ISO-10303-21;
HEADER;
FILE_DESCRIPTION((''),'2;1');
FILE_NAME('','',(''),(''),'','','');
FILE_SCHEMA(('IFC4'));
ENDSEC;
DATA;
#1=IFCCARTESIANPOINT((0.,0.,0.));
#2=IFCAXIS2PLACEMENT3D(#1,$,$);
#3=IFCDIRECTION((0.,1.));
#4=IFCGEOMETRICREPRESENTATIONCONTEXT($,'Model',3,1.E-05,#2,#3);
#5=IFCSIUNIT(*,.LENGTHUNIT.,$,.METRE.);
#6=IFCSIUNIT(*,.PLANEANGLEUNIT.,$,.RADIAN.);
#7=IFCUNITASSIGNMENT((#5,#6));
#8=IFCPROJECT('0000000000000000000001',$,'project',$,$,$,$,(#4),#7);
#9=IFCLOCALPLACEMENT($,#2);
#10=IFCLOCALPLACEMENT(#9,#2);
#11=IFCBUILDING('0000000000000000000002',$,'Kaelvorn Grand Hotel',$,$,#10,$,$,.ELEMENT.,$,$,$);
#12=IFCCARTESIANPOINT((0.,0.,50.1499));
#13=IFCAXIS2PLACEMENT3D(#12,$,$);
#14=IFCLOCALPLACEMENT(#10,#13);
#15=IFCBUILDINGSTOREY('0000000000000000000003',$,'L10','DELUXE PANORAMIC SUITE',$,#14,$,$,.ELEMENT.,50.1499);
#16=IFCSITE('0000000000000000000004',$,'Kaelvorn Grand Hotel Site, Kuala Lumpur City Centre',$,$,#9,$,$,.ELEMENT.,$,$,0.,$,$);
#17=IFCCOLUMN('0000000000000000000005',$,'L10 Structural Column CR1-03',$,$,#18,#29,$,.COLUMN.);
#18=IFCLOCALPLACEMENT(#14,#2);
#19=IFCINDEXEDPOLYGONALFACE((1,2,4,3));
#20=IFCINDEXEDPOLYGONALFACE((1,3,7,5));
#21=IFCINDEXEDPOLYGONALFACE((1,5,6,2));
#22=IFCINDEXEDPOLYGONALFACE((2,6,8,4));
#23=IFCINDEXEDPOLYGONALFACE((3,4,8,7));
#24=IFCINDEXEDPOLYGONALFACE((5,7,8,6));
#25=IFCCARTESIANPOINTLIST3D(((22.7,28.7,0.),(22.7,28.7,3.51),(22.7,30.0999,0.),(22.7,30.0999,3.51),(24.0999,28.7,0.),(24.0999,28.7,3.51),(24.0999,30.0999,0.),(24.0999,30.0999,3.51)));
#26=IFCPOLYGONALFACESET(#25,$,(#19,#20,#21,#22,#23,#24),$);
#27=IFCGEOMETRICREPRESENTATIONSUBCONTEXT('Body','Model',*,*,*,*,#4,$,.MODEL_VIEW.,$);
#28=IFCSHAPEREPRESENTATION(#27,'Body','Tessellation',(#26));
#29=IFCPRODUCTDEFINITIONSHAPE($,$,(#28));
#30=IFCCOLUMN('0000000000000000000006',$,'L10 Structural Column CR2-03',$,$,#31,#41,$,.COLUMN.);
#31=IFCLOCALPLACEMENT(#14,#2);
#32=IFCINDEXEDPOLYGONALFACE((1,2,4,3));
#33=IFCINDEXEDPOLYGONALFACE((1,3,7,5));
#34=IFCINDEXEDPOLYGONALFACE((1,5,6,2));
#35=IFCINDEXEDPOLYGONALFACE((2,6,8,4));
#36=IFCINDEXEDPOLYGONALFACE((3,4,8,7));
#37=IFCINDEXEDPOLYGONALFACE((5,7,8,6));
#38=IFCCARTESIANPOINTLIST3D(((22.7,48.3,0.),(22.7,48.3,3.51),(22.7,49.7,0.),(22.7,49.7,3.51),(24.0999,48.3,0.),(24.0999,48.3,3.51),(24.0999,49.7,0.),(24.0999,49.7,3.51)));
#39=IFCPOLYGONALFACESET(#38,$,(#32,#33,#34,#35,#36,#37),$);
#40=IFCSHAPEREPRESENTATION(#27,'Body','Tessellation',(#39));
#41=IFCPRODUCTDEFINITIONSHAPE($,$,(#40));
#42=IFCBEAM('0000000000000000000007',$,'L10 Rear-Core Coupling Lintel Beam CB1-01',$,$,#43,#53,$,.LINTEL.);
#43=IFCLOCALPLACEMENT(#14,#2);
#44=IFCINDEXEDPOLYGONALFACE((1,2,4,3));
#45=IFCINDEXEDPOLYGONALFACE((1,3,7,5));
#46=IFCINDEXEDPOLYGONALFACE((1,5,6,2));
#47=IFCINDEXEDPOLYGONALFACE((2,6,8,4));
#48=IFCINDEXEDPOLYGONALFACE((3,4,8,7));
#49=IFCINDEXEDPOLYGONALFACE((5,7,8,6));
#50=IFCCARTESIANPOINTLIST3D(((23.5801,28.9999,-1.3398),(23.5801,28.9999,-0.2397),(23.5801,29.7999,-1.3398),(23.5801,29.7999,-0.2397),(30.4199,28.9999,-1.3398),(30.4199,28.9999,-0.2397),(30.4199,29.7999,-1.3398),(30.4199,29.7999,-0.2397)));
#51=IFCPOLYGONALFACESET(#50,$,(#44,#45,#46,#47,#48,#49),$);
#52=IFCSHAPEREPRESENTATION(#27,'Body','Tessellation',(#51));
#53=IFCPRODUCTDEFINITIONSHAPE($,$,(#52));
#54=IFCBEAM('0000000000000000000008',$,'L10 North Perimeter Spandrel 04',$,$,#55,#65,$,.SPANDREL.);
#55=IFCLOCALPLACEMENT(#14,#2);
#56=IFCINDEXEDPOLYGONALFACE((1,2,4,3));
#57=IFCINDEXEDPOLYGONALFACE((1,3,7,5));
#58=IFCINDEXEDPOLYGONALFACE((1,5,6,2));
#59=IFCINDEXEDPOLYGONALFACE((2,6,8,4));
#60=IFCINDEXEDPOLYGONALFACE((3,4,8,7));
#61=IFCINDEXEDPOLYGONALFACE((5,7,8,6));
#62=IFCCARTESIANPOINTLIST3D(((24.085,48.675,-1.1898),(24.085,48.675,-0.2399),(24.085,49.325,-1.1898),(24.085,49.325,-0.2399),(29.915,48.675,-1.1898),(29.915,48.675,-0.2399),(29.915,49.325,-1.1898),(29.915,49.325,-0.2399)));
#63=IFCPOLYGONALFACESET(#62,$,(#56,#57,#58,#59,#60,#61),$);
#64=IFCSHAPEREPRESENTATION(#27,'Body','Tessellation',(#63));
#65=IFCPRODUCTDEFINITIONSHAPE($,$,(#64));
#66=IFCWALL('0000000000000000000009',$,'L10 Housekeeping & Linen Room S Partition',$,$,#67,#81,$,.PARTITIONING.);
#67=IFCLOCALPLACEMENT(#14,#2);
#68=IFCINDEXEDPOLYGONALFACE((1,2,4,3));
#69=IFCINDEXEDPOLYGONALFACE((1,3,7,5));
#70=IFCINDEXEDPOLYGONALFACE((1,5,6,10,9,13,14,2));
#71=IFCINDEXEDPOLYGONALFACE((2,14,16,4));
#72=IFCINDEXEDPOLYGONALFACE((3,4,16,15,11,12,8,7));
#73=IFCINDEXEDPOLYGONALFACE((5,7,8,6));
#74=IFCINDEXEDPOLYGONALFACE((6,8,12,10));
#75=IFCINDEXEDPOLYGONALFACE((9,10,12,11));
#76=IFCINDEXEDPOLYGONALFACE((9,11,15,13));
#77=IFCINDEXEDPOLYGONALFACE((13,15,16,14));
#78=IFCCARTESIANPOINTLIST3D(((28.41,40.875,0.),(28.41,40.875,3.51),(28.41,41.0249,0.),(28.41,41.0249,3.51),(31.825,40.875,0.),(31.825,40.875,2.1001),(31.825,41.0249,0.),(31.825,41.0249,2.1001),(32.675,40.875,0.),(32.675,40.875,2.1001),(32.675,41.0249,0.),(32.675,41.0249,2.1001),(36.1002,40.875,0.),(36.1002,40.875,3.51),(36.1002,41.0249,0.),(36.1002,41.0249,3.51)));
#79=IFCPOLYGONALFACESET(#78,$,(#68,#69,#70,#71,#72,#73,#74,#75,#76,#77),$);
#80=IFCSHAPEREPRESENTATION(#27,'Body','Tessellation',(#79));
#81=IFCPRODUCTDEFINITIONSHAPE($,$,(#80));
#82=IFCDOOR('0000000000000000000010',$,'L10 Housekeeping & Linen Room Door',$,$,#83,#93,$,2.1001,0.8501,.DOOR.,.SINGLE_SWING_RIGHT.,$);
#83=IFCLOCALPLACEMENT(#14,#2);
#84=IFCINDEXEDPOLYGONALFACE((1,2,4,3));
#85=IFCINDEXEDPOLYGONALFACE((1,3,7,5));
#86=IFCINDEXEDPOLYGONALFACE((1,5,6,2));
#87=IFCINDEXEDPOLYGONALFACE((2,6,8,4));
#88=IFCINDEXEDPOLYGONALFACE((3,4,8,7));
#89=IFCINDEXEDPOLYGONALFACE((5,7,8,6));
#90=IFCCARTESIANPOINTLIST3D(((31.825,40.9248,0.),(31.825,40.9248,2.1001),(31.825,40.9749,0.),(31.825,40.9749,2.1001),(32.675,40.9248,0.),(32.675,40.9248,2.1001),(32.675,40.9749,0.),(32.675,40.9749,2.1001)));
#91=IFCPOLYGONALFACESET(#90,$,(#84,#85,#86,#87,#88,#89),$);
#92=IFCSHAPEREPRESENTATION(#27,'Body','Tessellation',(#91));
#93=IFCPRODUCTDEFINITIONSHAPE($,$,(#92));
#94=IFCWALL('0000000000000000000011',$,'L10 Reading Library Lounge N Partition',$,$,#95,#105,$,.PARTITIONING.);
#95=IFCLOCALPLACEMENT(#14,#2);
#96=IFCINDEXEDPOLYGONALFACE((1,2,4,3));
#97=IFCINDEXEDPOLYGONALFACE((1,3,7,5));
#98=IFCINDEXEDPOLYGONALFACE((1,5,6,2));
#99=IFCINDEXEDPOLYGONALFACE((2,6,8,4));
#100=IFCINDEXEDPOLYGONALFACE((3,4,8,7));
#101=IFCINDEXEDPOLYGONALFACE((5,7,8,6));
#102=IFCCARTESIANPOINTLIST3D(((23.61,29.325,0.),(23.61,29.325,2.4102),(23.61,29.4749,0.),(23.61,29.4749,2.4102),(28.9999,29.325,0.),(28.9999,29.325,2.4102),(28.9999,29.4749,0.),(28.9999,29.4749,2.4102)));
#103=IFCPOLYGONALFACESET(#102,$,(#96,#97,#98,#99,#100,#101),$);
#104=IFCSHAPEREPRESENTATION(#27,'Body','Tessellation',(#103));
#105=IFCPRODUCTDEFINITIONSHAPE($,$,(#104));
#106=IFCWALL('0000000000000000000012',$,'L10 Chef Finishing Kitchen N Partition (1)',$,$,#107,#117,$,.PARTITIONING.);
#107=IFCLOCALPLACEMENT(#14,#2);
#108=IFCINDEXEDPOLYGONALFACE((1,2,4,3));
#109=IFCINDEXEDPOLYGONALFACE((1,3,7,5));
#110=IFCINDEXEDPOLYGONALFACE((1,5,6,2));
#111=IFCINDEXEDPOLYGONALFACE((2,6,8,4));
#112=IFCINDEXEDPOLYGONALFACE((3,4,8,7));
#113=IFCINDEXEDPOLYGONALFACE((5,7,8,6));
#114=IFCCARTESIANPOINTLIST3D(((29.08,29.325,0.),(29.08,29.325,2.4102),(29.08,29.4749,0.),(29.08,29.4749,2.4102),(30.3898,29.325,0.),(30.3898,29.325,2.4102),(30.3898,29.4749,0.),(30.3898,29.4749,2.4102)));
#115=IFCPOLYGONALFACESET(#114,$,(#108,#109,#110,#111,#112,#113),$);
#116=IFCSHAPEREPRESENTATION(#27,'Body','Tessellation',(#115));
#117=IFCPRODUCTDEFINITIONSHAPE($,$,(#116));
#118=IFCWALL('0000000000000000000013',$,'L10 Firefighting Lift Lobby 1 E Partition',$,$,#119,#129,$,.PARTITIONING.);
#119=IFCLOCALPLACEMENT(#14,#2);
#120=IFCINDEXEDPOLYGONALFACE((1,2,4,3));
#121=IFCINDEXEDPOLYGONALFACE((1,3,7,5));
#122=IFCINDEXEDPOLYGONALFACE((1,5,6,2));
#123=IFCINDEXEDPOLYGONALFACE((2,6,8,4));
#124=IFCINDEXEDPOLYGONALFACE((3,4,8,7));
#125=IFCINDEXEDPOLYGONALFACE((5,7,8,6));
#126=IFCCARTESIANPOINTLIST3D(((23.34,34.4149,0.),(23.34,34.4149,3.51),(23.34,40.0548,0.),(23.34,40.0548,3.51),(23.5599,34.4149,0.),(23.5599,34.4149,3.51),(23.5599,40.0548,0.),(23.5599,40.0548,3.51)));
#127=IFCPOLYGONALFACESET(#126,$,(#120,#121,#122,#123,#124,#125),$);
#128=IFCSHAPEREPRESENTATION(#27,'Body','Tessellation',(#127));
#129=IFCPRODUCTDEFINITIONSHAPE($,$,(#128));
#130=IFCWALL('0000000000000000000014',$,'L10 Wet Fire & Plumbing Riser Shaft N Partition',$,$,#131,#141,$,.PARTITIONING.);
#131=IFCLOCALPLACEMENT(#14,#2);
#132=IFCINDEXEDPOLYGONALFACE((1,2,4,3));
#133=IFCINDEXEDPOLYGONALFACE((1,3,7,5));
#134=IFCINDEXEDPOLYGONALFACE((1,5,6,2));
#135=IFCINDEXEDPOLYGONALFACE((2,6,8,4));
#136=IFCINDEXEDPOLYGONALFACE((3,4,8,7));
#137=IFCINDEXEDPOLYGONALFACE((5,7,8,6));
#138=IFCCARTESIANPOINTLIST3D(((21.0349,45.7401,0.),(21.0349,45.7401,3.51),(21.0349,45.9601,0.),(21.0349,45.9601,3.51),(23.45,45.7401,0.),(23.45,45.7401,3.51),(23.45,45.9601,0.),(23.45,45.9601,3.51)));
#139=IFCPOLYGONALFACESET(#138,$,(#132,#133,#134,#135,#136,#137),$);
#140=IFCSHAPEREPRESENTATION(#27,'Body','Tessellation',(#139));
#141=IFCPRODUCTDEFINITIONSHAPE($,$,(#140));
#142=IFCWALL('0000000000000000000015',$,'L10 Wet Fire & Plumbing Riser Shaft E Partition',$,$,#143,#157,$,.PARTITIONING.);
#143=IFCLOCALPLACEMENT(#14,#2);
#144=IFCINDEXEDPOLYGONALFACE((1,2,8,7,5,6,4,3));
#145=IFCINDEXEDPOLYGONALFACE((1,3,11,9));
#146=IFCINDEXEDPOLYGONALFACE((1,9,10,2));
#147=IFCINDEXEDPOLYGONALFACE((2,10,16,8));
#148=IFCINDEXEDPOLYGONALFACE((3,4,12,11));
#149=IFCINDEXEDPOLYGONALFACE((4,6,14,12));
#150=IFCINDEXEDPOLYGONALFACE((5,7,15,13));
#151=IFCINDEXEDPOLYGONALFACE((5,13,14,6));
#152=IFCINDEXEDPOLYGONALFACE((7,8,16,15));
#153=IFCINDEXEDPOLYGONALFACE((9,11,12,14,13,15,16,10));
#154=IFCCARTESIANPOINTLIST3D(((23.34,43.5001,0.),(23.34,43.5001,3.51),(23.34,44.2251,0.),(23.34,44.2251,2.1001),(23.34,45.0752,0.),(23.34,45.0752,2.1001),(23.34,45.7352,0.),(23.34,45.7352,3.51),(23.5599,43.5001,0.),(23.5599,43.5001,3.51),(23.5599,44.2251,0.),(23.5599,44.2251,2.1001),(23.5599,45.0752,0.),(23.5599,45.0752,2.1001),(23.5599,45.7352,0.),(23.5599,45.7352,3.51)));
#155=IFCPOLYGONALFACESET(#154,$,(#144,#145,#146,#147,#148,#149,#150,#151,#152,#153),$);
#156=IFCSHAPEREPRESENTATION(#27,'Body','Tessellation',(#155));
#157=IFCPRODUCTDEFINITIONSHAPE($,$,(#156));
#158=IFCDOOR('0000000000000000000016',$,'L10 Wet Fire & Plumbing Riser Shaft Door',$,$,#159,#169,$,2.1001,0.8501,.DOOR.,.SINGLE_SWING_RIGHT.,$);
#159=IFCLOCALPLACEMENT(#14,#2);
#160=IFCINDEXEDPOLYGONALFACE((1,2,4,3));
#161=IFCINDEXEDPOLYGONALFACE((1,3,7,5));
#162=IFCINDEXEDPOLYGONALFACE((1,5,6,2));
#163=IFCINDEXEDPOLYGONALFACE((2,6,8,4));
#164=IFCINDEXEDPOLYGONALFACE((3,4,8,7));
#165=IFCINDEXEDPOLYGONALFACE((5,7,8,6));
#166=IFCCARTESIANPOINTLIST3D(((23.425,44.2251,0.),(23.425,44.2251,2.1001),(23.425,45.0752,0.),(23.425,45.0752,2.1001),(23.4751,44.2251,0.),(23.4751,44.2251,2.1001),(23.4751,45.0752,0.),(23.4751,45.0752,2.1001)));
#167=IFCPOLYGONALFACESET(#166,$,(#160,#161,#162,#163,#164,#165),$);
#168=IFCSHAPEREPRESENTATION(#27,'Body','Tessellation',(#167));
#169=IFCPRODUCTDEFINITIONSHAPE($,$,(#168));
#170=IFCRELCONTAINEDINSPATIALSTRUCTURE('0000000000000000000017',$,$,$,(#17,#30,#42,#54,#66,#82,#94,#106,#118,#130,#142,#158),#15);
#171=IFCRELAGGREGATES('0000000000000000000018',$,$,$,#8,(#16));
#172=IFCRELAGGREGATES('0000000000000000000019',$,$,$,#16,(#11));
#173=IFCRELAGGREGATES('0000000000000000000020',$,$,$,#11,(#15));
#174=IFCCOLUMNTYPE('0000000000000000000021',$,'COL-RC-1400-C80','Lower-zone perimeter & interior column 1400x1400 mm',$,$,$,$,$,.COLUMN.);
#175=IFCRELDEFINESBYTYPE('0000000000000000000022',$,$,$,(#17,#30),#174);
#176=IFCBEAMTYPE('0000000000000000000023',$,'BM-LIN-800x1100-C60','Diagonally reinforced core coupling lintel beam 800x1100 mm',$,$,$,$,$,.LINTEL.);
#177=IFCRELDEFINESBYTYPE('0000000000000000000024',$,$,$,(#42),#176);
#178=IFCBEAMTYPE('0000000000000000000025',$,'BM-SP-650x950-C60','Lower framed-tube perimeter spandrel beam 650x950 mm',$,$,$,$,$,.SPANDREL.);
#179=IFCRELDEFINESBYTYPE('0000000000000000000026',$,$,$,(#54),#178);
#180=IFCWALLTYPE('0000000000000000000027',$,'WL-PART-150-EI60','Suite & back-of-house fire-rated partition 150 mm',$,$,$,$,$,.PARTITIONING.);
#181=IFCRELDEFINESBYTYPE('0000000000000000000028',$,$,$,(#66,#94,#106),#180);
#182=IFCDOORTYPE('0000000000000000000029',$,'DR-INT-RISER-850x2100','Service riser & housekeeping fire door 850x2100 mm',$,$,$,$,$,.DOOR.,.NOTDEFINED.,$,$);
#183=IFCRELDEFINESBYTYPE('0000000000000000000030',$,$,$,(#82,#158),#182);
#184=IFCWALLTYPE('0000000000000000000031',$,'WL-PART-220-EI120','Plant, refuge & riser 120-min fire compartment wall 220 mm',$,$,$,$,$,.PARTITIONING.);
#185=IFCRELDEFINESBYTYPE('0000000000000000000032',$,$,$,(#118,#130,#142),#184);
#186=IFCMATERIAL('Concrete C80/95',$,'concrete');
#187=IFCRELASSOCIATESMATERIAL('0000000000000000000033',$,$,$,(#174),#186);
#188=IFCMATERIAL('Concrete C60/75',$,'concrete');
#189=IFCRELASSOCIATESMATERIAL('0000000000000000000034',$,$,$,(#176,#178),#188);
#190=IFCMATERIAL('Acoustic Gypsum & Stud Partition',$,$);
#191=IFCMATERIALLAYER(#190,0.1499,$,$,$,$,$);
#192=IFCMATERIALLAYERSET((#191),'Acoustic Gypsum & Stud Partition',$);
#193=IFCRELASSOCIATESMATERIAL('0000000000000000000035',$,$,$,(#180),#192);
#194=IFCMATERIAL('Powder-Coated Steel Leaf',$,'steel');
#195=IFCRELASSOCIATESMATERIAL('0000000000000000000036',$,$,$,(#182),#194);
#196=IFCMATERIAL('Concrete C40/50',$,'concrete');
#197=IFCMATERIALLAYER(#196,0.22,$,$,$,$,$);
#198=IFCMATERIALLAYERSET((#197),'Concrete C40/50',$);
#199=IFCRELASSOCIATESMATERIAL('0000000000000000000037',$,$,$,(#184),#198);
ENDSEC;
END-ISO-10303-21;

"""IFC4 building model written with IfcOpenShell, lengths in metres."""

from ifc_helpers import new_model, si_unit, direction, frame, frame_2d, origin, origin_2d, place, context, subcontext, project, spatial, rectangle, extrude, material, layer, layer_set, material_profile, profile_set, type_object, element, fill, save


model = new_model("IFC4")

# Units and contexts
model_context = context("Model", 3, precision=1e-05, world=origin(), true_north=direction((0.0, 1.0)))
body_context = subcontext(model_context, "Body", "Model", "MODEL_VIEW")
ifc_project = project(units=[si_unit("LENGTHUNIT", "METRE"), si_unit("PLANEANGLEUNIT", "RADIAN")], contexts=[model_context])

# Site, building, storey
site_placement = place(None, origin())
site = spatial("IfcSite", under=ifc_project, at=site_placement, Name="Kaelvorn Grand Hotel Site, Kuala Lumpur City Centre", CompositionType="ELEMENT", RefElevation=0.0)
building_placement = place(site_placement, origin())
building = spatial("IfcBuilding", under=site, at=building_placement, Name="Kaelvorn Grand Hotel", CompositionType="ELEMENT")
storey_placement = place(building_placement, frame((0.0, 0.0, 50.1499)))
storey = spatial("IfcBuildingStorey", under=building, at=storey_placement, Name="L10", Description="DELUXE PANORAMIC SUITE", CompositionType="ELEMENT", Elevation=50.1499)

# Columns
ifc_material_1 = material(Name="Concrete C80/95", Category="concrete")
ifc_material_profile_1 = material_profile(ifc_material_1, rectangle(XDim=1.3999, YDim=1.3999, at=origin_2d()), Name="RC COL 1400x1400")
ifc_profile_set_1 = profile_set([ifc_material_profile_1], Name="Concrete C80/95")
column_type = type_object("IfcColumnType", Name="COL-RC-1400-C80", Description="Lower-zone perimeter & interior column 1400x1400 mm", PredefinedType="COLUMN", material=ifc_profile_set_1)
for number, where, z_axis, x_axis, name in (
    (1, (23.3999, 29.3999, 0.0), (0.0, 0.0, 1.0), (1.0, 0.0, 0.0), "L10 Structural Column CR1-03"),
    (2, (23.3999, 49.0, 0.0), (0.0, 0.0, 1.0), (1.0, 0.0, 0.0), "L10 Structural Column CR2-03"),
):
    element("IfcColumn", number, at=place(storey_placement, frame(where, z_axis=z_axis, x_axis=x_axis)), inside=storey, type_object=column_type, Name=name, PredefinedType="COLUMN", context=body_context, shape_type="SweptSolid", body=[
        extrude(rectangle(XDim=1.3999, YDim=1.3999, at=origin_2d()), origin(), (0.0, 0.0, 1.0), 3.51),
    ])

# Beams
ifc_material_2 = material(Name="Concrete C60/75", Category="concrete")
ifc_material_profile_2 = material_profile(ifc_material_2, rectangle(XDim=0.8, YDim=1.1001, at=origin_2d()), Name="RC LINTEL 800x1100")
ifc_profile_set_2 = profile_set([ifc_material_profile_2], Name="Concrete C60/75")
beam_type_1 = type_object("IfcBeamType", Name="BM-LIN-800x1100-C60", Description="Diagonally reinforced core coupling lintel beam 800x1100 mm", PredefinedType="LINTEL", material=ifc_profile_set_2)
beam_1_placement = place(storey_placement, frame((23.5801, 29.3999, -0.7898), z_axis=(1.0, 0.0, 0.0), x_axis=(0.0, 1.0, 0.0)))
element("IfcBeam", 3, at=beam_1_placement, inside=storey, type_object=beam_type_1, Name="L10 Rear-Core Coupling Lintel Beam CB1-01", PredefinedType="LINTEL", context=body_context, shape_type="SweptSolid", body=[
    extrude(rectangle(XDim=0.8, YDim=1.1001, at=origin_2d()), origin(), (0.0, 0.0, 1.0), 6.8398),
])
ifc_material_profile_3 = material_profile(ifc_material_2, rectangle(XDim=0.6499, YDim=0.95, at=origin_2d()), Name="RC SPANDREL 650x950")
ifc_profile_set_3 = profile_set([ifc_material_profile_3], Name="Concrete C60/75")
beam_type_2 = type_object("IfcBeamType", Name="BM-SP-650x950-C60", Description="Lower framed-tube perimeter spandrel beam 650x950 mm", PredefinedType="SPANDREL", material=ifc_profile_set_3)
beam_2_placement = place(storey_placement, frame((24.085, 49.0, -0.7148), z_axis=(1.0, 0.0, 0.0), x_axis=(0.0, 1.0, 0.0)))
element("IfcBeam", 4, at=beam_2_placement, inside=storey, type_object=beam_type_2, Name="L10 North Perimeter Spandrel 04", PredefinedType="SPANDREL", context=body_context, shape_type="SweptSolid", body=[
    extrude(rectangle(XDim=0.6499, YDim=0.95, at=origin_2d()), origin(), (0.0, 0.0, 1.0), 5.8301),
])

# Wall, opening, door
ifc_material_3 = material(Name="Acoustic Gypsum & Stud Partition")
ifc_layer_1 = layer(ifc_material_3, 0.1499)
ifc_layer_set_1 = layer_set([ifc_layer_1], Name="Acoustic Gypsum & Stud Partition")
wall_type_1 = type_object("IfcWallType", Name="WL-PART-150-EI60", Description="Suite & back-of-house fire-rated partition 150 mm", PredefinedType="PARTITIONING", material=ifc_layer_set_1)
wall_1_placement = place(storey_placement, frame((28.4099, 40.95, 0.0), z_axis=(0.0, 0.0, 1.0), x_axis=(1.0, 0.0, 0.0)))
wall_1 = element("IfcWall", 5, at=wall_1_placement, inside=storey, type_object=wall_type_1, Name="L10 Housekeeping & Linen Room S Partition", PredefinedType="PARTITIONING", context=body_context, shape_type="SweptSolid", body=[
    extrude(rectangle(XDim=7.6902, YDim=0.1499, at=frame_2d((3.8452, 0.0))), origin(), (0.0, 0.0, 1.0), 3.51),
])
opening_1_placement = place(wall_1_placement, frame((3.415, 0.0, 0.0)))
opening_1 = element("IfcOpeningElement", 6, at=opening_1_placement, cuts=wall_1, PredefinedType="OPENING", context=body_context, shape_type="SweptSolid", body=[
    extrude(rectangle(XDim=0.8501, YDim=2.1001, at=frame_2d((0.425, 1.05))), frame((0.0, 0.085, 0.0), z_axis=(0.0, -1.0, 0.0), x_axis=(1.0, 0.0, 0.0)), (0.0, 0.0, 1.0), 0.1699),
])
ifc_material_4 = material(Name="Powder-Coated Steel Leaf", Category="steel")
door_type_1 = type_object("IfcDoorType", Name="DR-INT-RISER-850x2100", Description="Service riser & housekeeping fire door 850x2100 mm", OperationType="NOTDEFINED", PredefinedType="DOOR", material=ifc_material_4)
door_1_placement = place(opening_1_placement, origin())
door_1 = element("IfcDoor", 7, at=door_1_placement, inside=storey, type_object=door_type_1, Name="L10 Housekeeping & Linen Room Door", OperationType="SINGLE_SWING_RIGHT", OverallHeight=2.1001, OverallWidth=0.8501, PredefinedType="DOOR", context=body_context, shape_type="SweptSolid", body=[
    extrude(rectangle(XDim=0.8501, YDim=2.1001, at=frame_2d((0.425, 1.05))), frame((0.0, 0.0249, 0.0), z_axis=(0.0, -1.0, 0.0), x_axis=(1.0, 0.0, 0.0)), (0.0, 0.0, 1.0), 0.05),
])
fill(opening_1, door_1)

# Walls
wall_2_placement = place(storey_placement, frame((23.6101, 29.3999, 0.0), z_axis=(0.0, 0.0, 1.0), x_axis=(1.0, 0.0, 0.0)))
element("IfcWall", 8, at=wall_2_placement, inside=storey, type_object=wall_type_1, Name="L10 Reading Library Lounge N Partition", PredefinedType="PARTITIONING", context=body_context, shape_type="SweptSolid", body=[
    extrude(rectangle(XDim=5.3899, YDim=0.1499, at=frame_2d((2.6948, 0.0))), origin(), (0.0, 0.0, 1.0), 2.4102),
])
wall_3_placement = place(storey_placement, frame((29.0801, 29.3999, 0.0), z_axis=(0.0, 0.0, 1.0), x_axis=(1.0, 0.0, 0.0)))
element("IfcWall", 9, at=wall_3_placement, inside=storey, type_object=wall_type_1, Name="L10 Chef Finishing Kitchen N Partition (1)", PredefinedType="PARTITIONING", context=body_context, shape_type="SweptSolid", body=[
    extrude(rectangle(XDim=1.3098, YDim=0.1499, at=frame_2d((0.6548, 0.0))), origin(), (0.0, 0.0, 1.0), 2.4102),
])
ifc_material_5 = material(Name="Concrete C40/50", Category="concrete")
ifc_layer_2 = layer(ifc_material_5, 0.22)
ifc_layer_set_2 = layer_set([ifc_layer_2], Name="Concrete C40/50")
wall_type_2 = type_object("IfcWallType", Name="WL-PART-220-EI120", Description="Plant, refuge & riser 120-min fire compartment wall 220 mm", PredefinedType="PARTITIONING", material=ifc_layer_set_2)
wall_4_placement = place(storey_placement, frame((23.45, 34.415, 0.0), z_axis=(0.0, 0.0, 1.0), x_axis=(0.0, 1.0, 0.0)))
element("IfcWall", 10, at=wall_4_placement, inside=storey, type_object=wall_type_2, Name="L10 Firefighting Lift Lobby 1 E Partition", PredefinedType="PARTITIONING", context=body_context, shape_type="SweptSolid", body=[
    extrude(rectangle(XDim=5.6399, YDim=0.22, at=frame_2d((2.8198, 0.0))), origin(), (0.0, 0.0, 1.0), 3.51),
])
wall_5_placement = place(storey_placement, frame((21.0349, 45.8501, 0.0), z_axis=(0.0, 0.0, 1.0), x_axis=(1.0, 0.0, 0.0)))
element("IfcWall", 11, at=wall_5_placement, inside=storey, type_object=wall_type_2, Name="L10 Wet Fire & Plumbing Riser Shaft N Partition", PredefinedType="PARTITIONING", context=body_context, shape_type="SweptSolid", body=[
    extrude(rectangle(XDim=2.415, YDim=0.22, at=frame_2d((1.2075, 0.0))), origin(), (0.0, 0.0, 1.0), 3.51),
])

# Wall, opening, door
wall_6_placement = place(storey_placement, frame((23.45, 43.5, 0.0), z_axis=(0.0, 0.0, 1.0), x_axis=(0.0, 1.0, 0.0)))
wall_6 = element("IfcWall", 12, at=wall_6_placement, inside=storey, type_object=wall_type_2, Name="L10 Wet Fire & Plumbing Riser Shaft E Partition", PredefinedType="PARTITIONING", context=body_context, shape_type="SweptSolid", body=[
    extrude(rectangle(XDim=2.2351, YDim=0.22, at=frame_2d((1.1177, 0.0))), origin(), (0.0, 0.0, 1.0), 3.51),
])
opening_2_placement = place(wall_6_placement, frame((0.7251, 0.0, 0.0)))
opening_2 = element("IfcOpeningElement", 13, at=opening_2_placement, cuts=wall_6, PredefinedType="OPENING", context=body_context, shape_type="SweptSolid", body=[
    extrude(rectangle(XDim=0.8501, YDim=2.1001, at=frame_2d((0.425, 1.05))), frame((0.0, 0.1201, 0.0), z_axis=(0.0, -1.0, 0.0), x_axis=(1.0, 0.0, 0.0)), (0.0, 0.0, 1.0), 0.24),
])
door_2_placement = place(opening_2_placement, origin())
door_2 = element("IfcDoor", 14, at=door_2_placement, inside=storey, type_object=door_type_1, Name="L10 Wet Fire & Plumbing Riser Shaft Door", OperationType="SINGLE_SWING_RIGHT", OverallHeight=2.1001, OverallWidth=0.8501, PredefinedType="DOOR", context=body_context, shape_type="SweptSolid", body=[
    extrude(rectangle(XDim=0.8501, YDim=2.1001, at=frame_2d((0.425, 1.05))), frame((0.0, 0.0249, 0.0), z_axis=(0.0, -1.0, 0.0), x_axis=(1.0, 0.0, 0.0)), (0.0, 0.0, 1.0), 0.05),
])
fill(opening_2, door_2)

save(model, "model.ifc")
